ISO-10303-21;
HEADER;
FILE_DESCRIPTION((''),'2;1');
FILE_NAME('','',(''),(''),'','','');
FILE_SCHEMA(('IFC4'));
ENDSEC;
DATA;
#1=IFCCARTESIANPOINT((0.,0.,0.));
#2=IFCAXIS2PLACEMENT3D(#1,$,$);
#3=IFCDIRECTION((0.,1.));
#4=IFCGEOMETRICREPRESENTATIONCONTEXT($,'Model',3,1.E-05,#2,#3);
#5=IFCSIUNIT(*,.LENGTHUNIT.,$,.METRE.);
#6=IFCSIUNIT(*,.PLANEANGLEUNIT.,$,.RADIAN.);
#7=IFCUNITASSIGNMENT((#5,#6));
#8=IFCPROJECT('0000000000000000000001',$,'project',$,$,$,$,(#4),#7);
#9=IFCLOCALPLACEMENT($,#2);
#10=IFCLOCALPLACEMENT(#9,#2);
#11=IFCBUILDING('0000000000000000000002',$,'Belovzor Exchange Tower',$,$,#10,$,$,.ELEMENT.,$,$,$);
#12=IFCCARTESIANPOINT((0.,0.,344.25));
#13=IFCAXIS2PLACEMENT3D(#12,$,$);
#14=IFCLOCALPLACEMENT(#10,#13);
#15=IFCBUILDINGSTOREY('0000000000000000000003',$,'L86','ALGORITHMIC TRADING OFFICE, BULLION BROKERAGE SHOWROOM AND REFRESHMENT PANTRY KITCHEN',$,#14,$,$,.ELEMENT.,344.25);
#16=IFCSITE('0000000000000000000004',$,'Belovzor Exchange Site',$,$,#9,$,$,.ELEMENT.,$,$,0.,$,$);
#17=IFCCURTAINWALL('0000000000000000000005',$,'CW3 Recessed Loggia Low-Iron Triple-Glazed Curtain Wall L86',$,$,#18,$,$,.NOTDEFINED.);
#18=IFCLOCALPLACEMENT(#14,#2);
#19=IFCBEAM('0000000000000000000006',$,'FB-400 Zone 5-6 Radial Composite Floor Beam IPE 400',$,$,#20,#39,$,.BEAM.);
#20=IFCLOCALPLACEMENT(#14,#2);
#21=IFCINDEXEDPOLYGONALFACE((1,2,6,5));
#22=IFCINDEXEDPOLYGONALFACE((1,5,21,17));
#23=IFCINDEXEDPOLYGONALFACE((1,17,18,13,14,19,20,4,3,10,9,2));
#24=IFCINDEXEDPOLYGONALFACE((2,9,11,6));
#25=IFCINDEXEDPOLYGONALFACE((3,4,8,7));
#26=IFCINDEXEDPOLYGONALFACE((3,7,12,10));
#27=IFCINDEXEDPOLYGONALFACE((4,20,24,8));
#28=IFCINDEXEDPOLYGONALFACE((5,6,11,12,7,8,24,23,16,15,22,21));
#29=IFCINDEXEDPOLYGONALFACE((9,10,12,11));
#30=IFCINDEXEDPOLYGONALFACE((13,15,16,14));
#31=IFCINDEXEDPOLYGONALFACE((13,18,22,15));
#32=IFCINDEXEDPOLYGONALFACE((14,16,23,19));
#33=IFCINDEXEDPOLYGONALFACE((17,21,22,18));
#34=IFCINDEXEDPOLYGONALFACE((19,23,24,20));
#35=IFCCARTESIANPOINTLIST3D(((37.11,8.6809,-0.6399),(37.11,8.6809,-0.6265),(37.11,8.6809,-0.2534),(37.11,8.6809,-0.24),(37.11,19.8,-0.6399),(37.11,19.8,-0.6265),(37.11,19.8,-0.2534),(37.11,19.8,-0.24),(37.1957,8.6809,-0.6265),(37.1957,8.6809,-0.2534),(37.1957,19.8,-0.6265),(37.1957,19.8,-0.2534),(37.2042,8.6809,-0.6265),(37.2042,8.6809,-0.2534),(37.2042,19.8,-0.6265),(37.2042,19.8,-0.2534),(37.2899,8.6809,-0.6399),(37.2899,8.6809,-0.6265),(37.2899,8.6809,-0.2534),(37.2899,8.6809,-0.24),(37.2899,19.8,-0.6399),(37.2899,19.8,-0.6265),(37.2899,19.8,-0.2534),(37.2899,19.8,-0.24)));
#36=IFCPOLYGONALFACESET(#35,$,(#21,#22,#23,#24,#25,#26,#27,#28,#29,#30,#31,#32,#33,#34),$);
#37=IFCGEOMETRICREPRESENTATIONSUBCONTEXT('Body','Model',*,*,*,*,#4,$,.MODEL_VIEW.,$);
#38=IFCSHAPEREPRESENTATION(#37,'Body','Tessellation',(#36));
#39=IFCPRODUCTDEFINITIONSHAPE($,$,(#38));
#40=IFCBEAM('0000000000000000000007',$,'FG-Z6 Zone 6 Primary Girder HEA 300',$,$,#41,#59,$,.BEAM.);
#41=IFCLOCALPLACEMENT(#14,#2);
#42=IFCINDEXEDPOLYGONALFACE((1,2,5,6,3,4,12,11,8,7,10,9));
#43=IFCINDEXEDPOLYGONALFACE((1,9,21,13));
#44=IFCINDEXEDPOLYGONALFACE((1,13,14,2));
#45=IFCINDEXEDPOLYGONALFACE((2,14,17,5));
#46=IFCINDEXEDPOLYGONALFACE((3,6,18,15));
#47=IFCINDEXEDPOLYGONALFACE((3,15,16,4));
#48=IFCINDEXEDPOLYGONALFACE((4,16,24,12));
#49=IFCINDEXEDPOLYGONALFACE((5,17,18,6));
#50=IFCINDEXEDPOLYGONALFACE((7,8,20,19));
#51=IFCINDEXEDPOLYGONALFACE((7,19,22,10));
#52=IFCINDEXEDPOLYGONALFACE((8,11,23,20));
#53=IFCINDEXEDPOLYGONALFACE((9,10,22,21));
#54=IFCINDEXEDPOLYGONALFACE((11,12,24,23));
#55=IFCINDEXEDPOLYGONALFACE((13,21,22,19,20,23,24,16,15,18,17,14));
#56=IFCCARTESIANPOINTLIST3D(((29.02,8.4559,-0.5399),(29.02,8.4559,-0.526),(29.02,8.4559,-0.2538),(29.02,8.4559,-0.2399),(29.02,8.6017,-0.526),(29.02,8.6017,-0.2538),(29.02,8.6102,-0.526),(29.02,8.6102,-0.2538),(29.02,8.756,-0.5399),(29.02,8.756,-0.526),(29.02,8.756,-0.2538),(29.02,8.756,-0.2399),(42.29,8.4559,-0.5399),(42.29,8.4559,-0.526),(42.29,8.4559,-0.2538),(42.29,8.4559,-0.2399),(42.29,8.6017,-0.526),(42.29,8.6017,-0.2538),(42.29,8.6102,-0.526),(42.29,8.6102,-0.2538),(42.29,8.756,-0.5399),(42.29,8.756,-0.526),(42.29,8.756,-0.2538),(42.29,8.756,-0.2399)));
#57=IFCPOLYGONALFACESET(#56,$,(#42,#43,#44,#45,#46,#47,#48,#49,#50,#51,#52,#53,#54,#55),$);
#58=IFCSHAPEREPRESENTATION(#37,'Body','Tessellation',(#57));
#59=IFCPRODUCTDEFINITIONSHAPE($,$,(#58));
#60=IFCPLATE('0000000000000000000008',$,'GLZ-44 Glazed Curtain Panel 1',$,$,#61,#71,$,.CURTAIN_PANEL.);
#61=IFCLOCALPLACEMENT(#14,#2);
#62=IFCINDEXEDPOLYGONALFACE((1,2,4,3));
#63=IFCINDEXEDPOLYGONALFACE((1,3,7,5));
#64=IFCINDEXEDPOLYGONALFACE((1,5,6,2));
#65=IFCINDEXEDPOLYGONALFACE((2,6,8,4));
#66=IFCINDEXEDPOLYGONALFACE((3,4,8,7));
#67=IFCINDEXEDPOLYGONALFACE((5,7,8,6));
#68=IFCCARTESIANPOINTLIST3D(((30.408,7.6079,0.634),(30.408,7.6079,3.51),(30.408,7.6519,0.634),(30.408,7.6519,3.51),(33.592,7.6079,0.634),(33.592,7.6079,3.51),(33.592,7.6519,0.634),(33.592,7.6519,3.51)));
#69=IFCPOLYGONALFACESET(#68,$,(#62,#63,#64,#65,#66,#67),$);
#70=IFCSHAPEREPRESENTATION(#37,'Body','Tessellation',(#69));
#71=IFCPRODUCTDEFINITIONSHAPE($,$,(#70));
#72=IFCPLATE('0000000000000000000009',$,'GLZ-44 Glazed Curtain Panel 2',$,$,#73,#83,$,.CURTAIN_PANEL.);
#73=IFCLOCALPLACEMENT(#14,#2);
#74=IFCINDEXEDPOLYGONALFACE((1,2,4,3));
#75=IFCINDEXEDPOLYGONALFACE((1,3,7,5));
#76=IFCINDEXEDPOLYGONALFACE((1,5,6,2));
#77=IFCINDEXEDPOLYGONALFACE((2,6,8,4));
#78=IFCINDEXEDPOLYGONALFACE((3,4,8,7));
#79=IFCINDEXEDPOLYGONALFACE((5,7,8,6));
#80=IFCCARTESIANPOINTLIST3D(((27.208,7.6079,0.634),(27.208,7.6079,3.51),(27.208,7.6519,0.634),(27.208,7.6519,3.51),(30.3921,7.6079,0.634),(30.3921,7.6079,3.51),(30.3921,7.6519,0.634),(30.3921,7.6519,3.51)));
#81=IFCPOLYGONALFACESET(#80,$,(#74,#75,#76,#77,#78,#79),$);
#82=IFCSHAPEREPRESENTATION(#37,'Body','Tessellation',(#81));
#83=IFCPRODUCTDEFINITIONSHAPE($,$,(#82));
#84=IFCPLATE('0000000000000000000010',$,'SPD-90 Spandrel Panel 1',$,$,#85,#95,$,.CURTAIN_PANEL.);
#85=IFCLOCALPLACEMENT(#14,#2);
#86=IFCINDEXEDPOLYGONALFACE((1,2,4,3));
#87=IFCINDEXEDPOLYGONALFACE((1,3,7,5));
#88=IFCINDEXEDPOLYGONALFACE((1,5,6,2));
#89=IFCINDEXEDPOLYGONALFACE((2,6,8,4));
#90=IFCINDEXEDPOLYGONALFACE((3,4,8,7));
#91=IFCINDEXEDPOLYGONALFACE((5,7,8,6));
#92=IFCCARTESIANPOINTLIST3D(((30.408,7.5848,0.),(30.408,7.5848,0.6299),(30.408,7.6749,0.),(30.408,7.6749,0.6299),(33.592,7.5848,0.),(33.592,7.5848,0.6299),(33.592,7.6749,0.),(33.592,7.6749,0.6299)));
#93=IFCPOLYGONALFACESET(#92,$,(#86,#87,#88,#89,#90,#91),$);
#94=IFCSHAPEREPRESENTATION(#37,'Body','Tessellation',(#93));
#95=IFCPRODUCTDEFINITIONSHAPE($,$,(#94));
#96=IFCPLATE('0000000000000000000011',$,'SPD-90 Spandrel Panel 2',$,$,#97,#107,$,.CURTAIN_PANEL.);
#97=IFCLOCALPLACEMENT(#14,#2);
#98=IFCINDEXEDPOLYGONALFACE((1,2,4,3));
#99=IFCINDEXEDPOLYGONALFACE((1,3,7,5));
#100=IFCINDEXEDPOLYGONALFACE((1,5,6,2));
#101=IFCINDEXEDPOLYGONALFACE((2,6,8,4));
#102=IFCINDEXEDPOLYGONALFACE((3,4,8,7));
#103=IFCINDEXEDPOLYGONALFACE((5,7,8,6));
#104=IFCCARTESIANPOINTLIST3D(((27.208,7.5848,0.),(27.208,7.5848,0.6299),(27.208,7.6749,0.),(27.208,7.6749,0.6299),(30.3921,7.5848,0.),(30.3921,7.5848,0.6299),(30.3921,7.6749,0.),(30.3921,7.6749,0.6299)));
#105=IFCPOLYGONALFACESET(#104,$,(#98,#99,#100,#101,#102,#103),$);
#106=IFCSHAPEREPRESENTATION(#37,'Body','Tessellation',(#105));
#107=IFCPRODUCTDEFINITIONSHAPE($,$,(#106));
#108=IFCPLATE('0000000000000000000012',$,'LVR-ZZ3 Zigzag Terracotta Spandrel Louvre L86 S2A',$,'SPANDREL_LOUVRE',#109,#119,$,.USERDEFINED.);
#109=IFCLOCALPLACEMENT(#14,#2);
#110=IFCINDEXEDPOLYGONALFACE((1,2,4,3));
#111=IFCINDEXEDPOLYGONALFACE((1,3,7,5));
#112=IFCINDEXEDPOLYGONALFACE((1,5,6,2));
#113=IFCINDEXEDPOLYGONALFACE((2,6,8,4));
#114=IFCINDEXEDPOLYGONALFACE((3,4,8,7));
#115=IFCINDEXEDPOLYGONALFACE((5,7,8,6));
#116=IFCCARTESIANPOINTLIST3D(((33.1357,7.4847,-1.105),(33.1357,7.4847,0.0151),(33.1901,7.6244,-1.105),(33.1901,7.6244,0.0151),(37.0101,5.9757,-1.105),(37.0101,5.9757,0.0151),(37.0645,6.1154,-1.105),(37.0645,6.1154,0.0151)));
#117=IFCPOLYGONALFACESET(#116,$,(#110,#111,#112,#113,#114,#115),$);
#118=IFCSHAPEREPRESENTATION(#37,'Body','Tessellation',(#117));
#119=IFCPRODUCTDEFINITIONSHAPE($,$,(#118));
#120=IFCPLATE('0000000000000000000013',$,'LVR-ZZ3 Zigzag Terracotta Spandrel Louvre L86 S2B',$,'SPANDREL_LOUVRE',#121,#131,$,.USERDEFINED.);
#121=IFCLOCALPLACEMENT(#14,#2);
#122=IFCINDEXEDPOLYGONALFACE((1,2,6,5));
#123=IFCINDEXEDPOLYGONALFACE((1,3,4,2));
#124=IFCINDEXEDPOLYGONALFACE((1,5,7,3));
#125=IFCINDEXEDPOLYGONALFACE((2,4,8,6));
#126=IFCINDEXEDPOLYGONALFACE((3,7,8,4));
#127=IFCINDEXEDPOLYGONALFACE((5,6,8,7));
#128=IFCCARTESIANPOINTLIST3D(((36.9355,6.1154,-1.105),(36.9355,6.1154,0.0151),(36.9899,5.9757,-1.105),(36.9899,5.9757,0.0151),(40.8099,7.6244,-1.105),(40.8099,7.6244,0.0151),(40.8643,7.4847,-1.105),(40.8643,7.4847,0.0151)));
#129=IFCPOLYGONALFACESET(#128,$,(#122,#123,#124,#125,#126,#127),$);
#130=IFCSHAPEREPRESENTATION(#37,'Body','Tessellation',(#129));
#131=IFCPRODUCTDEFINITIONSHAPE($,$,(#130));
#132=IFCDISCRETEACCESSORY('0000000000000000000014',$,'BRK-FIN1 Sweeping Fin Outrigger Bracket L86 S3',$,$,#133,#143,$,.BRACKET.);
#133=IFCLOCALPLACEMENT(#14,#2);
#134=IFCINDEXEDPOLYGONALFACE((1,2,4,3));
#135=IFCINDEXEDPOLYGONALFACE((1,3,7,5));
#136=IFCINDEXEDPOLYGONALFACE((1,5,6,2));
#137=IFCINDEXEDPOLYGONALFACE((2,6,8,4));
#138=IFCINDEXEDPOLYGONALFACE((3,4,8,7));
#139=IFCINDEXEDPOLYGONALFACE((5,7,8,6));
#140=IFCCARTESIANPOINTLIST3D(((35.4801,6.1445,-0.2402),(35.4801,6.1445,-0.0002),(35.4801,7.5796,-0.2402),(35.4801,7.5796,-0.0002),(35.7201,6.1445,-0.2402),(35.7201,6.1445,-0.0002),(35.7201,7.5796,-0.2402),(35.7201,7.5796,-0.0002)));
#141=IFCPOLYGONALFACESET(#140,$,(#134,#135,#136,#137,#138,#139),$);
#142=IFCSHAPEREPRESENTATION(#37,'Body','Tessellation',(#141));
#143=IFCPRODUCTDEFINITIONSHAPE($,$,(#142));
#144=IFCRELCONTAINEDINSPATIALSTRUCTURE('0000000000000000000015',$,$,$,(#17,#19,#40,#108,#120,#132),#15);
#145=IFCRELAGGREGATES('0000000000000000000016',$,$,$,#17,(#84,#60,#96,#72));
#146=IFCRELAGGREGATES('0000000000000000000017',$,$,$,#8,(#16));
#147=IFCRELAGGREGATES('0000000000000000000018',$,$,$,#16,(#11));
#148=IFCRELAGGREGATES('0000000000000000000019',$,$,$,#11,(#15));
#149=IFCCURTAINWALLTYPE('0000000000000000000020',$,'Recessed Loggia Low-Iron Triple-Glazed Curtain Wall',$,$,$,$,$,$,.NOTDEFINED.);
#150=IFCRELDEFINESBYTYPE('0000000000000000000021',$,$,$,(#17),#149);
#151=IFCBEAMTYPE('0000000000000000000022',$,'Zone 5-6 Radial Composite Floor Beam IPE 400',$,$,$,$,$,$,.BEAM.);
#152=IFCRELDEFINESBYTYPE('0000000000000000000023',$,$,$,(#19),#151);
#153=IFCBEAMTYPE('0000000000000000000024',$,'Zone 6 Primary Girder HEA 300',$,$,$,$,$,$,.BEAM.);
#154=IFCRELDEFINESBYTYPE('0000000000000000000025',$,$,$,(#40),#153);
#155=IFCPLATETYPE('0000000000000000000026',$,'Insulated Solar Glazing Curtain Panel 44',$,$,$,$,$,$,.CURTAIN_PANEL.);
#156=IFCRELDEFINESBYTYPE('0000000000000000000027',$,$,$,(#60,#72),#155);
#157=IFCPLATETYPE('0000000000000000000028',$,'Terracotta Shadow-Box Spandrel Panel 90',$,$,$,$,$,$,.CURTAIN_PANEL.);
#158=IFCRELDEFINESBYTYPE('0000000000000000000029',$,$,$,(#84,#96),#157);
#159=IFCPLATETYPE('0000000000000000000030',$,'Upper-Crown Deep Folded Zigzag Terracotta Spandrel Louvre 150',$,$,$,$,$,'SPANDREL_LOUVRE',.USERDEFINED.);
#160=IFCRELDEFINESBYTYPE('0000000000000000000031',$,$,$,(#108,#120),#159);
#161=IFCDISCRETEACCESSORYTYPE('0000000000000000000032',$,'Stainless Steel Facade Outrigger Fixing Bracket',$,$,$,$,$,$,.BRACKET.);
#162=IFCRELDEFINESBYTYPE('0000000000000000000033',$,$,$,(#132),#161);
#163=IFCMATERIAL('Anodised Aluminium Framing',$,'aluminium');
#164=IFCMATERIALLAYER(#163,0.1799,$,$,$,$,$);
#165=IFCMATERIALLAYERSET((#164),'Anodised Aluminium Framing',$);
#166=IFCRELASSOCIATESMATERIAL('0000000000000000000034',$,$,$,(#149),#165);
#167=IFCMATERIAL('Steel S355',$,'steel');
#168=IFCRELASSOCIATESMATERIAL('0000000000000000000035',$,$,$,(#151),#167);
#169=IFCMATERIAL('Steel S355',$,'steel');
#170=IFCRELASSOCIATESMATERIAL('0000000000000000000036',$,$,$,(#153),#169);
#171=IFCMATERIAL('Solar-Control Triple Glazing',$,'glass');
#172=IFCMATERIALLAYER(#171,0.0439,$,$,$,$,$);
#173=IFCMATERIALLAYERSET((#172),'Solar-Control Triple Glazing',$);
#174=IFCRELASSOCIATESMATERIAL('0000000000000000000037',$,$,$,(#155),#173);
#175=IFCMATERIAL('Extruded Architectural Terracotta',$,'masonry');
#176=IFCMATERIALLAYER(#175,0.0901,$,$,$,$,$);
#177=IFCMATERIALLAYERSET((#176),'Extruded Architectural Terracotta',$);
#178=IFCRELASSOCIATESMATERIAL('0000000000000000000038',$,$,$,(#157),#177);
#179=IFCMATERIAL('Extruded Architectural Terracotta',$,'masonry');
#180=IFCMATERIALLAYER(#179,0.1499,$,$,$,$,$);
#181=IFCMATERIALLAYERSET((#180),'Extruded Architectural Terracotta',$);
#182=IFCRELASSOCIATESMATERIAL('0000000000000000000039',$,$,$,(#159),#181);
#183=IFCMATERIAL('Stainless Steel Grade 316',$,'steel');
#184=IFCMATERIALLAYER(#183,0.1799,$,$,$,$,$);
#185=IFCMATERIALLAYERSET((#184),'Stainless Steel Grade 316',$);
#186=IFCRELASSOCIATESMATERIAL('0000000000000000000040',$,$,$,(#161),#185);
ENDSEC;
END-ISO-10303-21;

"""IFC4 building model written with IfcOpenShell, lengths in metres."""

from ifc_helpers import new_model, si_unit, direction, frame, origin, origin_2d, place, context, subcontext, project, spatial, rectangle, i_section, extrude, material, layer, layer_set, material_profile, profile_set, type_object, element, aggregate, save


model = new_model("IFC4")

# Units and contexts
model_context = context("Model", 3, precision=1e-05, world=origin(), true_north=direction((0.0, 1.0)))
body_context = subcontext(model_context, "Body", "Model", "MODEL_VIEW")
ifc_project = project(units=[si_unit("LENGTHUNIT", "METRE"), si_unit("PLANEANGLEUNIT", "RADIAN")], contexts=[model_context])

# Site, building, storey
site_placement = place(None, origin())
site = spatial("IfcSite", under=ifc_project, at=site_placement, Name="Belovzor Exchange Site", CompositionType="ELEMENT", RefElevation=0.0)
building_placement = place(site_placement, origin())
building = spatial("IfcBuilding", under=site, at=building_placement, Name="Belovzor Exchange Tower", CompositionType="ELEMENT")
storey_placement = place(building_placement, frame((0.0, 0.0, 344.25)))
storey = spatial("IfcBuildingStorey", under=building, at=storey_placement, Name="L86", Description="ALGORITHMIC TRADING OFFICE, BULLION BROKERAGE SHOWROOM AND REFRESHMENT PANTRY KITCHEN", CompositionType="ELEMENT", Elevation=344.25)

# Curtain wall
ifc_material_1 = material(Name="Anodised Aluminium Framing", Category="aluminium")
ifc_layer_1 = layer(ifc_material_1, 0.1799)
ifc_layer_set_1 = layer_set([ifc_layer_1], Name="Anodised Aluminium Framing")
curtain_wall_type = type_object("IfcCurtainWallType", Name="Recessed Loggia Low-Iron Triple-Glazed Curtain Wall", PredefinedType="NOTDEFINED", material=ifc_layer_set_1)
curtain_wall_placement = place(storey_placement, origin())
curtain_wall = element("IfcCurtainWall", 1, at=curtain_wall_placement, inside=storey, type_object=curtain_wall_type, Name="CW3 Recessed Loggia Low-Iron Triple-Glazed Curtain Wall L86", PredefinedType="NOTDEFINED")

# Beams
ifc_material_2 = material(Name="Steel S355", Category="steel")
ifc_material_profile_1 = material_profile(ifc_material_2, i_section(OverallWidth=0.1799, OverallDepth=0.3999, WebThickness=0.0085, FlangeThickness=0.0134, at=origin_2d()))
ifc_profile_set_1 = profile_set([ifc_material_profile_1], Name="Steel S355")
beam_type_1 = type_object("IfcBeamType", Name="Zone 5-6 Radial Composite Floor Beam IPE 400", PredefinedType="BEAM", material=ifc_profile_set_1)
beam_1_placement = place(storey_placement, frame((37.2, 19.8, -0.4399), z_axis=(0.0, -1.0, 0.0), x_axis=(1.0, 0.0, 0.0)))
element("IfcBeam", 2, at=beam_1_placement, inside=storey, type_object=beam_type_1, Name="FB-400 Zone 5-6 Radial Composite Floor Beam IPE 400", PredefinedType="BEAM", context=body_context, shape_type="SweptSolid", body=[
    extrude(i_section(OverallWidth=0.1799, OverallDepth=0.3999, WebThickness=0.0085, FlangeThickness=0.0134, at=origin_2d()), origin(), (0.0, 0.0, 1.0), 11.1191),
])
ifc_material_3 = material(Name="Steel S355", Category="steel")
ifc_material_profile_2 = material_profile(ifc_material_3, i_section(OverallWidth=0.3, OverallDepth=0.3, WebThickness=0.0085, FlangeThickness=0.0139, at=origin_2d()))
ifc_profile_set_2 = profile_set([ifc_material_profile_2], Name="Steel S355")
beam_type_2 = type_object("IfcBeamType", Name="Zone 6 Primary Girder HEA 300", PredefinedType="BEAM", material=ifc_profile_set_2)
beam_2_placement = place(storey_placement, frame((29.02, 8.606, -0.3899), z_axis=(1.0, 0.0, 0.0), x_axis=(0.0, 1.0, 0.0)))
element("IfcBeam", 3, at=beam_2_placement, inside=storey, type_object=beam_type_2, Name="FG-Z6 Zone 6 Primary Girder HEA 300", PredefinedType="BEAM", context=body_context, shape_type="SweptSolid", body=[
    extrude(i_section(OverallWidth=0.3, OverallDepth=0.3, WebThickness=0.0085, FlangeThickness=0.0139, at=origin_2d()), origin(), (0.0, 0.0, 1.0), 13.27),
])

# Plates
ifc_material_4 = material(Name="Solar-Control Triple Glazing", Category="glass")
ifc_layer_2 = layer(ifc_material_4, 0.0439)
ifc_layer_set_2 = layer_set([ifc_layer_2], Name="Solar-Control Triple Glazing")
plate_type_1 = type_object("IfcPlateType", Name="Insulated Solar Glazing Curtain Panel 44", PredefinedType="CURTAIN_PANEL", material=ifc_layer_set_2)
plate_1_placement = place(storey_placement, frame((32.0, 7.6299, 0.634), z_axis=(0.0, 0.0, 1.0), x_axis=(-1.0, 0.0, 0.0)))
plate_1 = element("IfcPlate", 4, at=plate_1_placement, type_object=plate_type_1, Name="GLZ-44 Glazed Curtain Panel 1", PredefinedType="CURTAIN_PANEL", context=body_context, shape_type="SweptSolid", body=[
    extrude(rectangle(XDim=3.1841, YDim=0.0439, at=origin_2d()), origin(), (0.0, 0.0, 1.0), 2.876),
])
plate_2_placement = place(storey_placement, frame((28.8, 7.6299, 0.634), z_axis=(0.0, 0.0, 1.0), x_axis=(-1.0, 0.0, 0.0)))
plate_2 = element("IfcPlate", 5, at=plate_2_placement, type_object=plate_type_1, Name="GLZ-44 Glazed Curtain Panel 2", PredefinedType="CURTAIN_PANEL", context=body_context, shape_type="SweptSolid", body=[
    extrude(rectangle(XDim=3.1841, YDim=0.0439, at=origin_2d()), origin(), (0.0, 0.0, 1.0), 2.876),
])
ifc_material_5 = material(Name="Extruded Architectural Terracotta", Category="masonry")
ifc_layer_3 = layer(ifc_material_5, 0.0901)
ifc_layer_set_3 = layer_set([ifc_layer_3], Name="Extruded Architectural Terracotta")
plate_type_2 = type_object("IfcPlateType", Name="Terracotta Shadow-Box Spandrel Panel 90", PredefinedType="CURTAIN_PANEL", material=ifc_layer_set_3)
plate_3_placement = place(storey_placement, frame((32.0, 7.6299, 0.0), z_axis=(0.0, 0.0, 1.0), x_axis=(-1.0, 0.0, 0.0)))
plate_3 = element("IfcPlate", 6, at=plate_3_placement, type_object=plate_type_2, Name="SPD-90 Spandrel Panel 1", PredefinedType="CURTAIN_PANEL", context=body_context, shape_type="SweptSolid", body=[
    extrude(rectangle(XDim=3.1841, YDim=0.0901, at=origin_2d()), origin(), (0.0, 0.0, 1.0), 0.6299),
])
plate_4_placement = place(storey_placement, frame((28.8, 7.6299, 0.0), z_axis=(0.0, 0.0, 1.0), x_axis=(-1.0, 0.0, 0.0)))
plate_4 = element("IfcPlate", 7, at=plate_4_placement, type_object=plate_type_2, Name="SPD-90 Spandrel Panel 2", PredefinedType="CURTAIN_PANEL", context=body_context, shape_type="SweptSolid", body=[
    extrude(rectangle(XDim=3.1841, YDim=0.0901, at=origin_2d()), origin(), (0.0, 0.0, 1.0), 0.6299),
])
aggregate(curtain_wall, [plate_3, plate_1, plate_4, plate_2])

# Plates
ifc_material_6 = material(Name="Extruded Architectural Terracotta", Category="masonry")
ifc_layer_4 = layer(ifc_material_6, 0.1499)
ifc_layer_set_4 = layer_set([ifc_layer_4], Name="Extruded Architectural Terracotta")
plate_type_3 = type_object("IfcPlateType", Name="Upper-Crown Deep Folded Zigzag Terracotta Spandrel Louvre 150", ElementType="SPANDREL_LOUVRE", PredefinedType="USERDEFINED", material=ifc_layer_set_4)
for number, where, z_axis, x_axis, name in (
    (8, (35.1001, 6.8, -1.105), (0.0, 0.0, 1.0), (0.931818, -0.362926, 0.0), "LVR-ZZ3 Zigzag Terracotta Spandrel Louvre L86 S2A"),
    (9, (38.8999, 6.8, -1.105), (0.0, 0.0, 1.0), (0.931818, 0.362926, 0.0), "LVR-ZZ3 Zigzag Terracotta Spandrel Louvre L86 S2B"),
):
    element("IfcPlate", number, at=place(storey_placement, frame(where, z_axis=z_axis, x_axis=x_axis)), inside=storey, type_object=plate_type_3, Name=name, ObjectType="SPANDREL_LOUVRE", PredefinedType="USERDEFINED", context=body_context, shape_type="SweptSolid", body=[
        extrude(rectangle(XDim=4.158, YDim=0.1499, at=origin_2d()), origin(), (0.0, 0.0, 1.0), 1.1201),
    ])

# Discrete accessory
ifc_material_7 = material(Name="Stainless Steel Grade 316", Category="steel")
ifc_layer_5 = layer(ifc_material_7, 0.1799)
ifc_layer_set_5 = layer_set([ifc_layer_5], Name="Stainless Steel Grade 316")
discrete_accessory_type = type_object("IfcDiscreteAccessoryType", Name="Stainless Steel Facade Outrigger Fixing Bracket", PredefinedType="BRACKET", material=ifc_layer_set_5)
discrete_accessory_placement = place(storey_placement, frame((35.6001, 6.8621, -0.2402), z_axis=(0.0, 0.0, 1.0), x_axis=(0.0, 1.0, 0.0)))
element("IfcDiscreteAccessory", 10, at=discrete_accessory_placement, inside=storey, type_object=discrete_accessory_type, Name="BRK-FIN1 Sweeping Fin Outrigger Bracket L86 S3", PredefinedType="BRACKET", context=body_context, shape_type="SweptSolid", body=[
    extrude(rectangle(XDim=1.4351, YDim=0.24, at=origin_2d()), origin(), (0.0, 0.0, 1.0), 0.24),
])

save(model, "model.ifc")
